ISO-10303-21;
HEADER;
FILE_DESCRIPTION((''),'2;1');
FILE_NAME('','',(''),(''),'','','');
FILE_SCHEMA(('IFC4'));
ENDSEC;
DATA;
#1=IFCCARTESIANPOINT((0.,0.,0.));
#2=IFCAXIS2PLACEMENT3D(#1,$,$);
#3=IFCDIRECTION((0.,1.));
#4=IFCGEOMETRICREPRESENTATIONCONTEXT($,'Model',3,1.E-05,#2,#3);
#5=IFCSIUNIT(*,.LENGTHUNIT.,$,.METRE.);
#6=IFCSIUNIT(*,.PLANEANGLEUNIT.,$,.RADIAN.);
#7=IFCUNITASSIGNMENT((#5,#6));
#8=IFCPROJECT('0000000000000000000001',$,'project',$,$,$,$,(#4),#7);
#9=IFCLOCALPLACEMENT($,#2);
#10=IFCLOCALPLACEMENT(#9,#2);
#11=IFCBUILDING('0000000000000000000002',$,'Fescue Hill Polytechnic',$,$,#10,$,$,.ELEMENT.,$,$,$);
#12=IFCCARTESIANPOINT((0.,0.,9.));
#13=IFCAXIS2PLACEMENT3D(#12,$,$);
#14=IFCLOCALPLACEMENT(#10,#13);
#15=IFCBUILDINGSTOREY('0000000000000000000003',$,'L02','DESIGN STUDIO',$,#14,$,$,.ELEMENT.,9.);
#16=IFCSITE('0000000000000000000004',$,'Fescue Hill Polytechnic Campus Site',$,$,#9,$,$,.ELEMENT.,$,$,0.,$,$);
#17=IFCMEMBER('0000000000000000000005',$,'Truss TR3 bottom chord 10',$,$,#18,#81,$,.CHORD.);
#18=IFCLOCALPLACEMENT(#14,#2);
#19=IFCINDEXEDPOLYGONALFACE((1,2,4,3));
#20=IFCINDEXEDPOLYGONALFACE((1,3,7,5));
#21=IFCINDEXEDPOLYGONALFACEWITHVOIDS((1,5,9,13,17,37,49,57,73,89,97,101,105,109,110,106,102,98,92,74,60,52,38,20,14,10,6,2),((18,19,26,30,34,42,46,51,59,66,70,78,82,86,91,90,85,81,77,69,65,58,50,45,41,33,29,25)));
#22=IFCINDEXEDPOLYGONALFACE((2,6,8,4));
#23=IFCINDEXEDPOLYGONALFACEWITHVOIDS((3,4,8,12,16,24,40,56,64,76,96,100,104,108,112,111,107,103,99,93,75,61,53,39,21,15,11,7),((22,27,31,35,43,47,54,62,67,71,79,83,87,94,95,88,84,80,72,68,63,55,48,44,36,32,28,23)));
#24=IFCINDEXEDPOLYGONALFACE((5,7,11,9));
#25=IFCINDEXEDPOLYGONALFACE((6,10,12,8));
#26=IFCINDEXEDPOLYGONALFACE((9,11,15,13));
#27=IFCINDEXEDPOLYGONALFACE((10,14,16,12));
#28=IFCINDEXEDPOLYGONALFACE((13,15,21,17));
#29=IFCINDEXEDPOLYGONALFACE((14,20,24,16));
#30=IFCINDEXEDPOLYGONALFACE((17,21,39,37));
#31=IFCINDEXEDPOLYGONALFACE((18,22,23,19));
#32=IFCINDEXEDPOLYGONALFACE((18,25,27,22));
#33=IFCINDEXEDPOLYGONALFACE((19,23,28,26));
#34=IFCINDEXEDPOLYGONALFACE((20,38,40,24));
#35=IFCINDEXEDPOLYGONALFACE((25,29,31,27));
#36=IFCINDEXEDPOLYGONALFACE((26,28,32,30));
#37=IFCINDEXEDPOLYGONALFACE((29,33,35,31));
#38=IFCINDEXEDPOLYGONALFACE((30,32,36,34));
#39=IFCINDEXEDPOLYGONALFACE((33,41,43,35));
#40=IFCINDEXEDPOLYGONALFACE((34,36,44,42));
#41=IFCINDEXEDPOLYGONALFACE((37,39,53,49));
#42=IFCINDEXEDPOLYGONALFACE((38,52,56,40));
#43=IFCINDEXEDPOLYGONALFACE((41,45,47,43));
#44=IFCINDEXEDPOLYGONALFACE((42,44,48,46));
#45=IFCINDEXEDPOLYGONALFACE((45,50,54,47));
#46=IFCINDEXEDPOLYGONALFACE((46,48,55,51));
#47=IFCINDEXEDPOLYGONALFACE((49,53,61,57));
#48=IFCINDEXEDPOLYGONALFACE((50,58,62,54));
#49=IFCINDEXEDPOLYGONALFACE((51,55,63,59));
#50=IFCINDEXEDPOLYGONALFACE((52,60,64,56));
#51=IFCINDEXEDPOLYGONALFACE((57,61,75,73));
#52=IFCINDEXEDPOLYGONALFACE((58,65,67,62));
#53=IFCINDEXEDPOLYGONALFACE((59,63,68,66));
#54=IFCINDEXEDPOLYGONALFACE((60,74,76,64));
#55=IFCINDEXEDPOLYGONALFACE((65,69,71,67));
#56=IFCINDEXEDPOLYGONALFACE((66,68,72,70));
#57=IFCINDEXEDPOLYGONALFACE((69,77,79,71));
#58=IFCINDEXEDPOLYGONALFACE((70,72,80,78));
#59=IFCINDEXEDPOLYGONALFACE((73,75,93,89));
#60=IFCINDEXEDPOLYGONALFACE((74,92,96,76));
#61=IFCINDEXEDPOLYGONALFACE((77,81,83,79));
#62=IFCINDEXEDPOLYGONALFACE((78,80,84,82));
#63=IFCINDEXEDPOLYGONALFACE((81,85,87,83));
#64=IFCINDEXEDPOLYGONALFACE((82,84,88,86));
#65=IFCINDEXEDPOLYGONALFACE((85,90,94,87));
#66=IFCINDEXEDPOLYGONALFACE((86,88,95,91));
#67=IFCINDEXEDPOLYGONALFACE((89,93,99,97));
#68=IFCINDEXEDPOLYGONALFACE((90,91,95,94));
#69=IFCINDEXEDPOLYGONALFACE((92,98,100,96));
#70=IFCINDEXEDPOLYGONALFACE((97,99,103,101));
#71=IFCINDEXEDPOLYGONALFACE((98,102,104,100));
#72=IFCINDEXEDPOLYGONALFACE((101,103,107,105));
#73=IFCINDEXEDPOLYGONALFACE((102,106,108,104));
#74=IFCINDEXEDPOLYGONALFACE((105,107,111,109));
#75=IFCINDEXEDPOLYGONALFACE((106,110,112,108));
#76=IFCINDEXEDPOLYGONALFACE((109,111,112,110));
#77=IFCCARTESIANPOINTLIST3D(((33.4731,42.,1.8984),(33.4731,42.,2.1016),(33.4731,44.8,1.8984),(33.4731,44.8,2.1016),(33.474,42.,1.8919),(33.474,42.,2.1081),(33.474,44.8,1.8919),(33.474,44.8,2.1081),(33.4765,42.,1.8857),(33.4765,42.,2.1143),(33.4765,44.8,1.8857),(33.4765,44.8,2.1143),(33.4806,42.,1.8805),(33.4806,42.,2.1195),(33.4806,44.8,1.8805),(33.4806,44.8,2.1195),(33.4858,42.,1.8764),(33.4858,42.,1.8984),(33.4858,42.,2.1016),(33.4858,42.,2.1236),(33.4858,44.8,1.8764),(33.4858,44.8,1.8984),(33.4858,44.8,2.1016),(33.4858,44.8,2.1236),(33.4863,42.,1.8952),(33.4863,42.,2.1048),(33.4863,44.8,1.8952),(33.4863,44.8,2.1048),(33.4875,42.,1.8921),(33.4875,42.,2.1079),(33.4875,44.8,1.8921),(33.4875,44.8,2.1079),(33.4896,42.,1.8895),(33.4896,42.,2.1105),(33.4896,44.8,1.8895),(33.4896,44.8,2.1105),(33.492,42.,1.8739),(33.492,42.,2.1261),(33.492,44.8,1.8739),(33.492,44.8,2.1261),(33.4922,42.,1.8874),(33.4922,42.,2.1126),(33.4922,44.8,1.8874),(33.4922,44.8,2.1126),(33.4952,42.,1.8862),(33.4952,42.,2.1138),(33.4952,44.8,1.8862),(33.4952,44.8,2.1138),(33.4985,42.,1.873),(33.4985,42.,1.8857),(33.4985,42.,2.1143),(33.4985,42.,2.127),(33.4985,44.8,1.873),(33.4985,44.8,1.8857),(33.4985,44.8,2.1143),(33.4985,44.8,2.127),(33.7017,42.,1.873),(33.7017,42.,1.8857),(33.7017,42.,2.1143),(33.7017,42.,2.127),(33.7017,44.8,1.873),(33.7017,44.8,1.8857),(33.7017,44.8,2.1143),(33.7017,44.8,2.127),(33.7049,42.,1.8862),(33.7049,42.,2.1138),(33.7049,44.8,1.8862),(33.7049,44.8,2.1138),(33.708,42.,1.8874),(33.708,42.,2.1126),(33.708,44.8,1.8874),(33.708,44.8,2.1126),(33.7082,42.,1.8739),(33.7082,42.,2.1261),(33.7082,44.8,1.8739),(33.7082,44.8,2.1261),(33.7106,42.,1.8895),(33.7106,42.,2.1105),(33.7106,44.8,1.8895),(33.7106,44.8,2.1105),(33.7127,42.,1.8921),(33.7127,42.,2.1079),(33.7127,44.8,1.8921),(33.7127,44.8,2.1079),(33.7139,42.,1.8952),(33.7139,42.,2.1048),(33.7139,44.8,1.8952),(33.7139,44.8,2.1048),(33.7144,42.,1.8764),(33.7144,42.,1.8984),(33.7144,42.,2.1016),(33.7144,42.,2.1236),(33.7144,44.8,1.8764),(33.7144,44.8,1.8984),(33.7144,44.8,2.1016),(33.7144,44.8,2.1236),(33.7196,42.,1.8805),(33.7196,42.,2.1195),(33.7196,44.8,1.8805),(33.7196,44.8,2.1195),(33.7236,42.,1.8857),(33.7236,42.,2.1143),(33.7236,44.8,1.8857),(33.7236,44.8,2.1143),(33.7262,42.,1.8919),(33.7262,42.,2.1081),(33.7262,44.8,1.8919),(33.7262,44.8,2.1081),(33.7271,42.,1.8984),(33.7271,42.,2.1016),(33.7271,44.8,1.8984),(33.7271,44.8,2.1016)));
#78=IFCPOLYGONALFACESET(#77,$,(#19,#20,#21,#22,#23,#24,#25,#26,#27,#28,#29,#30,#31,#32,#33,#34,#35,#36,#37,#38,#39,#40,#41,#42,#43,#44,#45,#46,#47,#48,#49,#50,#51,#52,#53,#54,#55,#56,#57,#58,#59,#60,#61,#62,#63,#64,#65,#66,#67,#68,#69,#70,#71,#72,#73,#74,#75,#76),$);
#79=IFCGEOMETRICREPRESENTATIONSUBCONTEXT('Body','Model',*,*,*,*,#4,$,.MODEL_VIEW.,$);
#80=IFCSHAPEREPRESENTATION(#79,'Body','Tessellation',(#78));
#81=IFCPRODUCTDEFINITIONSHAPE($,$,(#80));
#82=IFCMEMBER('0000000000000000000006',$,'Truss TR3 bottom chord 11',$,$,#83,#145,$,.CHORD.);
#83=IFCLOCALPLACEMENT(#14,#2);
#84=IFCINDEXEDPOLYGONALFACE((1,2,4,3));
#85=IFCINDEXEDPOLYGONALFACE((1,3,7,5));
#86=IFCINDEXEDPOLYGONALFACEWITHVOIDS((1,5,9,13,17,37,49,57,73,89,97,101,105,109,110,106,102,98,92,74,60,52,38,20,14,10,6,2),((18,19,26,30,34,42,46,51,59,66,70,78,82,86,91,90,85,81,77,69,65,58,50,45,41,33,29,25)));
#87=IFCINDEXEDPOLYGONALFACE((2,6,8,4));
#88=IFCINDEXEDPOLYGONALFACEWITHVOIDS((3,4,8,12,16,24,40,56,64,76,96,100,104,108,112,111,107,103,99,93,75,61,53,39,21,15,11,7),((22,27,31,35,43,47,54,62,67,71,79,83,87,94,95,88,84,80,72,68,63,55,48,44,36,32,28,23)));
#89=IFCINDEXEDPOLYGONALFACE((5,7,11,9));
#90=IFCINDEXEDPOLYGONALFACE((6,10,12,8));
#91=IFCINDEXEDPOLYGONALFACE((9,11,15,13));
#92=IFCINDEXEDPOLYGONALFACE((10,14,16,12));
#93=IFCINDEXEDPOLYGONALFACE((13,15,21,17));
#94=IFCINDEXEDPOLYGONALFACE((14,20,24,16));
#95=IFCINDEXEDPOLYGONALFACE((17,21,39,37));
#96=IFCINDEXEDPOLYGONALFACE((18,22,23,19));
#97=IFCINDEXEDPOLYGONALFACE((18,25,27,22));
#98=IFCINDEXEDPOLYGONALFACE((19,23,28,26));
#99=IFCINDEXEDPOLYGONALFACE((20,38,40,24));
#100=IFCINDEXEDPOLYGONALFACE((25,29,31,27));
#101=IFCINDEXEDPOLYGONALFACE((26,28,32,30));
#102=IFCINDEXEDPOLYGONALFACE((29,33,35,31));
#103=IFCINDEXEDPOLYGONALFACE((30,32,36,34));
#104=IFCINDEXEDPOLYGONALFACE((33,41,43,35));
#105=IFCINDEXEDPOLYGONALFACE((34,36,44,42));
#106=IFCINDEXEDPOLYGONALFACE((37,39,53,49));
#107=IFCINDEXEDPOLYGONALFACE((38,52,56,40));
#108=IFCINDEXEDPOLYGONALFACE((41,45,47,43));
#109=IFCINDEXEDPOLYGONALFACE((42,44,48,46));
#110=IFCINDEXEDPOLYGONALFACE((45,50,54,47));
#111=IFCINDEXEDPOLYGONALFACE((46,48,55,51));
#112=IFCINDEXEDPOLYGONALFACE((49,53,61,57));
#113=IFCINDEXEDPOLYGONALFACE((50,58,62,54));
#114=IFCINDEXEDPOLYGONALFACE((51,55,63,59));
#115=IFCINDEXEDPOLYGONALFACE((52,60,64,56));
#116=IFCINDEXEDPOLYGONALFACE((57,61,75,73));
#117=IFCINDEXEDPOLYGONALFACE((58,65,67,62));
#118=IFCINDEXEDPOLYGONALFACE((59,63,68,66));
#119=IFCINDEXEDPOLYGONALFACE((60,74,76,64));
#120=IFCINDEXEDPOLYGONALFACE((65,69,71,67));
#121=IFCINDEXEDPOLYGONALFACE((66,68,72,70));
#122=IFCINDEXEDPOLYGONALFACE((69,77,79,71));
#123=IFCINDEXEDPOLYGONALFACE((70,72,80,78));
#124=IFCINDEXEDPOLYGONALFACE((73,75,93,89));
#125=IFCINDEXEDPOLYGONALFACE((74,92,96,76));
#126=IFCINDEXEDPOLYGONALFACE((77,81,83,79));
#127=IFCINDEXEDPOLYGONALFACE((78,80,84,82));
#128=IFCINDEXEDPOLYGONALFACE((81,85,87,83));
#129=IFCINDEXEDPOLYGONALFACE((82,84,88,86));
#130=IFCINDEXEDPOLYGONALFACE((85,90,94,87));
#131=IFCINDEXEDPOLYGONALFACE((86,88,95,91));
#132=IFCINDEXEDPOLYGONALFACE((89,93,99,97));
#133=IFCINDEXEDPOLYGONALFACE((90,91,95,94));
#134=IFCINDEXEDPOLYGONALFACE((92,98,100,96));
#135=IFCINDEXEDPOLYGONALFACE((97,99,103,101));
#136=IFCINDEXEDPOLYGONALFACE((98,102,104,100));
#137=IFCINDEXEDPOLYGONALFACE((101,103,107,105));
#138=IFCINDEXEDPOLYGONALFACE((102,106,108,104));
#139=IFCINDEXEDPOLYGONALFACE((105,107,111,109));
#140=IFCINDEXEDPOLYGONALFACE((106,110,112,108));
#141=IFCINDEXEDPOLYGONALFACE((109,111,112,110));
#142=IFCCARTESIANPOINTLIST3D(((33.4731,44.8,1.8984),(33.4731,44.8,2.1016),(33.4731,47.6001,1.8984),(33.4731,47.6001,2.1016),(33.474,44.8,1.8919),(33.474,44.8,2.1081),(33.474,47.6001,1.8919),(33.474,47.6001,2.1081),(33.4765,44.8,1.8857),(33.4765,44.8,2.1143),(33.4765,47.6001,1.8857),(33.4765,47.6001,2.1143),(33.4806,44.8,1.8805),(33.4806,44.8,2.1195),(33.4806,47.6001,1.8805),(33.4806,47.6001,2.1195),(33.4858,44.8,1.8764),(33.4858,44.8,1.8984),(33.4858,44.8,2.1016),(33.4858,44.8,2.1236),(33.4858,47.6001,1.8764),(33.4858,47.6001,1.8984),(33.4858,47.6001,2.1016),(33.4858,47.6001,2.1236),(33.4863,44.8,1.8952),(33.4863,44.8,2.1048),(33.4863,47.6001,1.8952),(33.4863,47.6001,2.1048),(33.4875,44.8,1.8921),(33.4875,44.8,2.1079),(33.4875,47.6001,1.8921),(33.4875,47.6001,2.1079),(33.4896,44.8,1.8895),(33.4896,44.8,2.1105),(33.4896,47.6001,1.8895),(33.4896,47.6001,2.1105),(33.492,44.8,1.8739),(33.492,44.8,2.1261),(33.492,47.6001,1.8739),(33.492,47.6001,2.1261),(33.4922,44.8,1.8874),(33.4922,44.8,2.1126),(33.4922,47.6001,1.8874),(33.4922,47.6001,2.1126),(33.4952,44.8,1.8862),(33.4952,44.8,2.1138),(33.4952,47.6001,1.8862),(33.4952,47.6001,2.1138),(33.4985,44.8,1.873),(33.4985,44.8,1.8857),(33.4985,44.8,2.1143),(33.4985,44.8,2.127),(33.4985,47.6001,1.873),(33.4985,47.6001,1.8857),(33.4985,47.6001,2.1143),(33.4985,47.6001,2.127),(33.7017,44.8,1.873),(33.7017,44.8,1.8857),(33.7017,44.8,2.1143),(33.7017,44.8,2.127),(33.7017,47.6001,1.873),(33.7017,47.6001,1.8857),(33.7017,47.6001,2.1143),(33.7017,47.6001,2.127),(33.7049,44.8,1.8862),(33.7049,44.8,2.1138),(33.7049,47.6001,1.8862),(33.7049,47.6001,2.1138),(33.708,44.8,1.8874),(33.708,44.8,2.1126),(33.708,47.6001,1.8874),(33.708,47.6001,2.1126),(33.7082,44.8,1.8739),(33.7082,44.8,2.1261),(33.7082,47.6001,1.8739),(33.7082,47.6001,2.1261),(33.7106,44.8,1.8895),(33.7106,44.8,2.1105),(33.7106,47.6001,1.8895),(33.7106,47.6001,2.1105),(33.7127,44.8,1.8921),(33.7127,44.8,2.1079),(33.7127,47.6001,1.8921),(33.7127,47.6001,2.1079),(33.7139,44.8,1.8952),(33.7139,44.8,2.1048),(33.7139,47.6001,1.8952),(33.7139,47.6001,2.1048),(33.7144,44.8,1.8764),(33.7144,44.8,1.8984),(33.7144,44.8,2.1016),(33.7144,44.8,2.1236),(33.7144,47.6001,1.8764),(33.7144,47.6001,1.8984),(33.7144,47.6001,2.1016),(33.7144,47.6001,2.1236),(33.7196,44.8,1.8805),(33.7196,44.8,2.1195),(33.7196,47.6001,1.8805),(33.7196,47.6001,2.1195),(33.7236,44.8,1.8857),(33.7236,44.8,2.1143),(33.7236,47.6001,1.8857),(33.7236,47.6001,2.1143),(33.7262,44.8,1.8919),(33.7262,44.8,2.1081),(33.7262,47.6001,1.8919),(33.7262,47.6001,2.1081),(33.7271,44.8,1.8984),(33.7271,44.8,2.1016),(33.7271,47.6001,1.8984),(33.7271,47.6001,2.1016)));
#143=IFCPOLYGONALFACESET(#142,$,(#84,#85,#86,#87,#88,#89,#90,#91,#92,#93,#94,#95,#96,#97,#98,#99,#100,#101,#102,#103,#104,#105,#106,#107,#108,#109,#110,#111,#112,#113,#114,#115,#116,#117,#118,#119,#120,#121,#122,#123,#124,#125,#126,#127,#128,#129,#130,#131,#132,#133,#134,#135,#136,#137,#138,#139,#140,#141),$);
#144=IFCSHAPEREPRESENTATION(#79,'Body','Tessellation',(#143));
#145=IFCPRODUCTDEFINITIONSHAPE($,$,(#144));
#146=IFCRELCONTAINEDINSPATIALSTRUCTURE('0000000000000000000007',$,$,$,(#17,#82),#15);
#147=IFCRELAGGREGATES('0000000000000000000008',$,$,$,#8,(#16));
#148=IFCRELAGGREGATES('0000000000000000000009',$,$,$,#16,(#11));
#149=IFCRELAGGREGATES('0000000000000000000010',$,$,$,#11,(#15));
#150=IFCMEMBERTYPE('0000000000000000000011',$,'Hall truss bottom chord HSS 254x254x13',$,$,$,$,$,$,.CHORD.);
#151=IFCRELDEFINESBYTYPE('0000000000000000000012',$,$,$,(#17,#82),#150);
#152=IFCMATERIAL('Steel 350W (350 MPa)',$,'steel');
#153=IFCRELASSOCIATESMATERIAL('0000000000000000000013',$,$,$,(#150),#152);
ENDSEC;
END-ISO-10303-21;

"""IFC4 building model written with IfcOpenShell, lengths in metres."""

from ifc_helpers import new_model, si_unit, direction, frame, origin, origin_2d, place, context, subcontext, project, spatial, hollow_rectangle, extrude, material, material_profile, profile_set, type_object, element, save


model = new_model("IFC4")

# Units and contexts
model_context = context("Model", 3, precision=1e-05, world=origin(), true_north=direction((0.0, 1.0)))
body_context = subcontext(model_context, "Body", "Model", "MODEL_VIEW")
ifc_project = project(units=[si_unit("LENGTHUNIT", "METRE"), si_unit("PLANEANGLEUNIT", "RADIAN")], contexts=[model_context])

# Site, building, storey
site_placement = place(None, origin())
site = spatial("IfcSite", under=ifc_project, at=site_placement, Name="Fescue Hill Polytechnic Campus Site", CompositionType="ELEMENT", RefElevation=0.0)
building_placement = place(site_placement, origin())
building = spatial("IfcBuilding", under=site, at=building_placement, Name="Fescue Hill Polytechnic", CompositionType="ELEMENT")
storey_placement = place(building_placement, frame((0.0, 0.0, 9.0)))
storey = spatial("IfcBuildingStorey", under=building, at=storey_placement, Name="L02", Description="DESIGN STUDIO", CompositionType="ELEMENT", Elevation=9.0)

# Members
ifc_material = material(Name="Steel 350W (350 MPa)", Category="steel")
ifc_material_profile_1 = material_profile(ifc_material, hollow_rectangle(XDim=0.2539, YDim=0.2539, WallThickness=0.0127, InnerFilletRadius=0.0127, OuterFilletRadius=0.0254, at=origin_2d()), Name="Hall truss bottom chord HSS 254x254x13")
ifc_profile_set_1 = profile_set([ifc_material_profile_1], Name="Steel 350W (350 MPa)")
member_type_1 = type_object("IfcMemberType", Name="Hall truss bottom chord HSS 254x254x13", PredefinedType="CHORD", material=ifc_profile_set_1)
for number, where, z_axis, x_axis, name in (
    (1, (33.6001, 42.0, 2.0), (0.0, 1.0, 0.0), (-1.0, 0.0, 0.0), "Truss TR3 bottom chord 10"),
    (2, (33.6001, 44.8, 2.0), (0.0, 1.0, 0.0), (-1.0, 0.0, 0.0), "Truss TR3 bottom chord 11"),
):
    element("IfcMember", number, at=place(storey_placement, frame(where, z_axis=z_axis, x_axis=x_axis)), inside=storey, type_object=member_type_1, Name=name, PredefinedType="CHORD", context=body_context, shape_type="SweptSolid", body=[
        extrude(hollow_rectangle(XDim=0.2539, YDim=0.2539, WallThickness=0.0127, InnerFilletRadius=0.0127, OuterFilletRadius=0.0254, at=origin_2d()), origin(), (0.0, 0.0, 1.0), 2.8),
    ])

save(model, "model.ifc")
